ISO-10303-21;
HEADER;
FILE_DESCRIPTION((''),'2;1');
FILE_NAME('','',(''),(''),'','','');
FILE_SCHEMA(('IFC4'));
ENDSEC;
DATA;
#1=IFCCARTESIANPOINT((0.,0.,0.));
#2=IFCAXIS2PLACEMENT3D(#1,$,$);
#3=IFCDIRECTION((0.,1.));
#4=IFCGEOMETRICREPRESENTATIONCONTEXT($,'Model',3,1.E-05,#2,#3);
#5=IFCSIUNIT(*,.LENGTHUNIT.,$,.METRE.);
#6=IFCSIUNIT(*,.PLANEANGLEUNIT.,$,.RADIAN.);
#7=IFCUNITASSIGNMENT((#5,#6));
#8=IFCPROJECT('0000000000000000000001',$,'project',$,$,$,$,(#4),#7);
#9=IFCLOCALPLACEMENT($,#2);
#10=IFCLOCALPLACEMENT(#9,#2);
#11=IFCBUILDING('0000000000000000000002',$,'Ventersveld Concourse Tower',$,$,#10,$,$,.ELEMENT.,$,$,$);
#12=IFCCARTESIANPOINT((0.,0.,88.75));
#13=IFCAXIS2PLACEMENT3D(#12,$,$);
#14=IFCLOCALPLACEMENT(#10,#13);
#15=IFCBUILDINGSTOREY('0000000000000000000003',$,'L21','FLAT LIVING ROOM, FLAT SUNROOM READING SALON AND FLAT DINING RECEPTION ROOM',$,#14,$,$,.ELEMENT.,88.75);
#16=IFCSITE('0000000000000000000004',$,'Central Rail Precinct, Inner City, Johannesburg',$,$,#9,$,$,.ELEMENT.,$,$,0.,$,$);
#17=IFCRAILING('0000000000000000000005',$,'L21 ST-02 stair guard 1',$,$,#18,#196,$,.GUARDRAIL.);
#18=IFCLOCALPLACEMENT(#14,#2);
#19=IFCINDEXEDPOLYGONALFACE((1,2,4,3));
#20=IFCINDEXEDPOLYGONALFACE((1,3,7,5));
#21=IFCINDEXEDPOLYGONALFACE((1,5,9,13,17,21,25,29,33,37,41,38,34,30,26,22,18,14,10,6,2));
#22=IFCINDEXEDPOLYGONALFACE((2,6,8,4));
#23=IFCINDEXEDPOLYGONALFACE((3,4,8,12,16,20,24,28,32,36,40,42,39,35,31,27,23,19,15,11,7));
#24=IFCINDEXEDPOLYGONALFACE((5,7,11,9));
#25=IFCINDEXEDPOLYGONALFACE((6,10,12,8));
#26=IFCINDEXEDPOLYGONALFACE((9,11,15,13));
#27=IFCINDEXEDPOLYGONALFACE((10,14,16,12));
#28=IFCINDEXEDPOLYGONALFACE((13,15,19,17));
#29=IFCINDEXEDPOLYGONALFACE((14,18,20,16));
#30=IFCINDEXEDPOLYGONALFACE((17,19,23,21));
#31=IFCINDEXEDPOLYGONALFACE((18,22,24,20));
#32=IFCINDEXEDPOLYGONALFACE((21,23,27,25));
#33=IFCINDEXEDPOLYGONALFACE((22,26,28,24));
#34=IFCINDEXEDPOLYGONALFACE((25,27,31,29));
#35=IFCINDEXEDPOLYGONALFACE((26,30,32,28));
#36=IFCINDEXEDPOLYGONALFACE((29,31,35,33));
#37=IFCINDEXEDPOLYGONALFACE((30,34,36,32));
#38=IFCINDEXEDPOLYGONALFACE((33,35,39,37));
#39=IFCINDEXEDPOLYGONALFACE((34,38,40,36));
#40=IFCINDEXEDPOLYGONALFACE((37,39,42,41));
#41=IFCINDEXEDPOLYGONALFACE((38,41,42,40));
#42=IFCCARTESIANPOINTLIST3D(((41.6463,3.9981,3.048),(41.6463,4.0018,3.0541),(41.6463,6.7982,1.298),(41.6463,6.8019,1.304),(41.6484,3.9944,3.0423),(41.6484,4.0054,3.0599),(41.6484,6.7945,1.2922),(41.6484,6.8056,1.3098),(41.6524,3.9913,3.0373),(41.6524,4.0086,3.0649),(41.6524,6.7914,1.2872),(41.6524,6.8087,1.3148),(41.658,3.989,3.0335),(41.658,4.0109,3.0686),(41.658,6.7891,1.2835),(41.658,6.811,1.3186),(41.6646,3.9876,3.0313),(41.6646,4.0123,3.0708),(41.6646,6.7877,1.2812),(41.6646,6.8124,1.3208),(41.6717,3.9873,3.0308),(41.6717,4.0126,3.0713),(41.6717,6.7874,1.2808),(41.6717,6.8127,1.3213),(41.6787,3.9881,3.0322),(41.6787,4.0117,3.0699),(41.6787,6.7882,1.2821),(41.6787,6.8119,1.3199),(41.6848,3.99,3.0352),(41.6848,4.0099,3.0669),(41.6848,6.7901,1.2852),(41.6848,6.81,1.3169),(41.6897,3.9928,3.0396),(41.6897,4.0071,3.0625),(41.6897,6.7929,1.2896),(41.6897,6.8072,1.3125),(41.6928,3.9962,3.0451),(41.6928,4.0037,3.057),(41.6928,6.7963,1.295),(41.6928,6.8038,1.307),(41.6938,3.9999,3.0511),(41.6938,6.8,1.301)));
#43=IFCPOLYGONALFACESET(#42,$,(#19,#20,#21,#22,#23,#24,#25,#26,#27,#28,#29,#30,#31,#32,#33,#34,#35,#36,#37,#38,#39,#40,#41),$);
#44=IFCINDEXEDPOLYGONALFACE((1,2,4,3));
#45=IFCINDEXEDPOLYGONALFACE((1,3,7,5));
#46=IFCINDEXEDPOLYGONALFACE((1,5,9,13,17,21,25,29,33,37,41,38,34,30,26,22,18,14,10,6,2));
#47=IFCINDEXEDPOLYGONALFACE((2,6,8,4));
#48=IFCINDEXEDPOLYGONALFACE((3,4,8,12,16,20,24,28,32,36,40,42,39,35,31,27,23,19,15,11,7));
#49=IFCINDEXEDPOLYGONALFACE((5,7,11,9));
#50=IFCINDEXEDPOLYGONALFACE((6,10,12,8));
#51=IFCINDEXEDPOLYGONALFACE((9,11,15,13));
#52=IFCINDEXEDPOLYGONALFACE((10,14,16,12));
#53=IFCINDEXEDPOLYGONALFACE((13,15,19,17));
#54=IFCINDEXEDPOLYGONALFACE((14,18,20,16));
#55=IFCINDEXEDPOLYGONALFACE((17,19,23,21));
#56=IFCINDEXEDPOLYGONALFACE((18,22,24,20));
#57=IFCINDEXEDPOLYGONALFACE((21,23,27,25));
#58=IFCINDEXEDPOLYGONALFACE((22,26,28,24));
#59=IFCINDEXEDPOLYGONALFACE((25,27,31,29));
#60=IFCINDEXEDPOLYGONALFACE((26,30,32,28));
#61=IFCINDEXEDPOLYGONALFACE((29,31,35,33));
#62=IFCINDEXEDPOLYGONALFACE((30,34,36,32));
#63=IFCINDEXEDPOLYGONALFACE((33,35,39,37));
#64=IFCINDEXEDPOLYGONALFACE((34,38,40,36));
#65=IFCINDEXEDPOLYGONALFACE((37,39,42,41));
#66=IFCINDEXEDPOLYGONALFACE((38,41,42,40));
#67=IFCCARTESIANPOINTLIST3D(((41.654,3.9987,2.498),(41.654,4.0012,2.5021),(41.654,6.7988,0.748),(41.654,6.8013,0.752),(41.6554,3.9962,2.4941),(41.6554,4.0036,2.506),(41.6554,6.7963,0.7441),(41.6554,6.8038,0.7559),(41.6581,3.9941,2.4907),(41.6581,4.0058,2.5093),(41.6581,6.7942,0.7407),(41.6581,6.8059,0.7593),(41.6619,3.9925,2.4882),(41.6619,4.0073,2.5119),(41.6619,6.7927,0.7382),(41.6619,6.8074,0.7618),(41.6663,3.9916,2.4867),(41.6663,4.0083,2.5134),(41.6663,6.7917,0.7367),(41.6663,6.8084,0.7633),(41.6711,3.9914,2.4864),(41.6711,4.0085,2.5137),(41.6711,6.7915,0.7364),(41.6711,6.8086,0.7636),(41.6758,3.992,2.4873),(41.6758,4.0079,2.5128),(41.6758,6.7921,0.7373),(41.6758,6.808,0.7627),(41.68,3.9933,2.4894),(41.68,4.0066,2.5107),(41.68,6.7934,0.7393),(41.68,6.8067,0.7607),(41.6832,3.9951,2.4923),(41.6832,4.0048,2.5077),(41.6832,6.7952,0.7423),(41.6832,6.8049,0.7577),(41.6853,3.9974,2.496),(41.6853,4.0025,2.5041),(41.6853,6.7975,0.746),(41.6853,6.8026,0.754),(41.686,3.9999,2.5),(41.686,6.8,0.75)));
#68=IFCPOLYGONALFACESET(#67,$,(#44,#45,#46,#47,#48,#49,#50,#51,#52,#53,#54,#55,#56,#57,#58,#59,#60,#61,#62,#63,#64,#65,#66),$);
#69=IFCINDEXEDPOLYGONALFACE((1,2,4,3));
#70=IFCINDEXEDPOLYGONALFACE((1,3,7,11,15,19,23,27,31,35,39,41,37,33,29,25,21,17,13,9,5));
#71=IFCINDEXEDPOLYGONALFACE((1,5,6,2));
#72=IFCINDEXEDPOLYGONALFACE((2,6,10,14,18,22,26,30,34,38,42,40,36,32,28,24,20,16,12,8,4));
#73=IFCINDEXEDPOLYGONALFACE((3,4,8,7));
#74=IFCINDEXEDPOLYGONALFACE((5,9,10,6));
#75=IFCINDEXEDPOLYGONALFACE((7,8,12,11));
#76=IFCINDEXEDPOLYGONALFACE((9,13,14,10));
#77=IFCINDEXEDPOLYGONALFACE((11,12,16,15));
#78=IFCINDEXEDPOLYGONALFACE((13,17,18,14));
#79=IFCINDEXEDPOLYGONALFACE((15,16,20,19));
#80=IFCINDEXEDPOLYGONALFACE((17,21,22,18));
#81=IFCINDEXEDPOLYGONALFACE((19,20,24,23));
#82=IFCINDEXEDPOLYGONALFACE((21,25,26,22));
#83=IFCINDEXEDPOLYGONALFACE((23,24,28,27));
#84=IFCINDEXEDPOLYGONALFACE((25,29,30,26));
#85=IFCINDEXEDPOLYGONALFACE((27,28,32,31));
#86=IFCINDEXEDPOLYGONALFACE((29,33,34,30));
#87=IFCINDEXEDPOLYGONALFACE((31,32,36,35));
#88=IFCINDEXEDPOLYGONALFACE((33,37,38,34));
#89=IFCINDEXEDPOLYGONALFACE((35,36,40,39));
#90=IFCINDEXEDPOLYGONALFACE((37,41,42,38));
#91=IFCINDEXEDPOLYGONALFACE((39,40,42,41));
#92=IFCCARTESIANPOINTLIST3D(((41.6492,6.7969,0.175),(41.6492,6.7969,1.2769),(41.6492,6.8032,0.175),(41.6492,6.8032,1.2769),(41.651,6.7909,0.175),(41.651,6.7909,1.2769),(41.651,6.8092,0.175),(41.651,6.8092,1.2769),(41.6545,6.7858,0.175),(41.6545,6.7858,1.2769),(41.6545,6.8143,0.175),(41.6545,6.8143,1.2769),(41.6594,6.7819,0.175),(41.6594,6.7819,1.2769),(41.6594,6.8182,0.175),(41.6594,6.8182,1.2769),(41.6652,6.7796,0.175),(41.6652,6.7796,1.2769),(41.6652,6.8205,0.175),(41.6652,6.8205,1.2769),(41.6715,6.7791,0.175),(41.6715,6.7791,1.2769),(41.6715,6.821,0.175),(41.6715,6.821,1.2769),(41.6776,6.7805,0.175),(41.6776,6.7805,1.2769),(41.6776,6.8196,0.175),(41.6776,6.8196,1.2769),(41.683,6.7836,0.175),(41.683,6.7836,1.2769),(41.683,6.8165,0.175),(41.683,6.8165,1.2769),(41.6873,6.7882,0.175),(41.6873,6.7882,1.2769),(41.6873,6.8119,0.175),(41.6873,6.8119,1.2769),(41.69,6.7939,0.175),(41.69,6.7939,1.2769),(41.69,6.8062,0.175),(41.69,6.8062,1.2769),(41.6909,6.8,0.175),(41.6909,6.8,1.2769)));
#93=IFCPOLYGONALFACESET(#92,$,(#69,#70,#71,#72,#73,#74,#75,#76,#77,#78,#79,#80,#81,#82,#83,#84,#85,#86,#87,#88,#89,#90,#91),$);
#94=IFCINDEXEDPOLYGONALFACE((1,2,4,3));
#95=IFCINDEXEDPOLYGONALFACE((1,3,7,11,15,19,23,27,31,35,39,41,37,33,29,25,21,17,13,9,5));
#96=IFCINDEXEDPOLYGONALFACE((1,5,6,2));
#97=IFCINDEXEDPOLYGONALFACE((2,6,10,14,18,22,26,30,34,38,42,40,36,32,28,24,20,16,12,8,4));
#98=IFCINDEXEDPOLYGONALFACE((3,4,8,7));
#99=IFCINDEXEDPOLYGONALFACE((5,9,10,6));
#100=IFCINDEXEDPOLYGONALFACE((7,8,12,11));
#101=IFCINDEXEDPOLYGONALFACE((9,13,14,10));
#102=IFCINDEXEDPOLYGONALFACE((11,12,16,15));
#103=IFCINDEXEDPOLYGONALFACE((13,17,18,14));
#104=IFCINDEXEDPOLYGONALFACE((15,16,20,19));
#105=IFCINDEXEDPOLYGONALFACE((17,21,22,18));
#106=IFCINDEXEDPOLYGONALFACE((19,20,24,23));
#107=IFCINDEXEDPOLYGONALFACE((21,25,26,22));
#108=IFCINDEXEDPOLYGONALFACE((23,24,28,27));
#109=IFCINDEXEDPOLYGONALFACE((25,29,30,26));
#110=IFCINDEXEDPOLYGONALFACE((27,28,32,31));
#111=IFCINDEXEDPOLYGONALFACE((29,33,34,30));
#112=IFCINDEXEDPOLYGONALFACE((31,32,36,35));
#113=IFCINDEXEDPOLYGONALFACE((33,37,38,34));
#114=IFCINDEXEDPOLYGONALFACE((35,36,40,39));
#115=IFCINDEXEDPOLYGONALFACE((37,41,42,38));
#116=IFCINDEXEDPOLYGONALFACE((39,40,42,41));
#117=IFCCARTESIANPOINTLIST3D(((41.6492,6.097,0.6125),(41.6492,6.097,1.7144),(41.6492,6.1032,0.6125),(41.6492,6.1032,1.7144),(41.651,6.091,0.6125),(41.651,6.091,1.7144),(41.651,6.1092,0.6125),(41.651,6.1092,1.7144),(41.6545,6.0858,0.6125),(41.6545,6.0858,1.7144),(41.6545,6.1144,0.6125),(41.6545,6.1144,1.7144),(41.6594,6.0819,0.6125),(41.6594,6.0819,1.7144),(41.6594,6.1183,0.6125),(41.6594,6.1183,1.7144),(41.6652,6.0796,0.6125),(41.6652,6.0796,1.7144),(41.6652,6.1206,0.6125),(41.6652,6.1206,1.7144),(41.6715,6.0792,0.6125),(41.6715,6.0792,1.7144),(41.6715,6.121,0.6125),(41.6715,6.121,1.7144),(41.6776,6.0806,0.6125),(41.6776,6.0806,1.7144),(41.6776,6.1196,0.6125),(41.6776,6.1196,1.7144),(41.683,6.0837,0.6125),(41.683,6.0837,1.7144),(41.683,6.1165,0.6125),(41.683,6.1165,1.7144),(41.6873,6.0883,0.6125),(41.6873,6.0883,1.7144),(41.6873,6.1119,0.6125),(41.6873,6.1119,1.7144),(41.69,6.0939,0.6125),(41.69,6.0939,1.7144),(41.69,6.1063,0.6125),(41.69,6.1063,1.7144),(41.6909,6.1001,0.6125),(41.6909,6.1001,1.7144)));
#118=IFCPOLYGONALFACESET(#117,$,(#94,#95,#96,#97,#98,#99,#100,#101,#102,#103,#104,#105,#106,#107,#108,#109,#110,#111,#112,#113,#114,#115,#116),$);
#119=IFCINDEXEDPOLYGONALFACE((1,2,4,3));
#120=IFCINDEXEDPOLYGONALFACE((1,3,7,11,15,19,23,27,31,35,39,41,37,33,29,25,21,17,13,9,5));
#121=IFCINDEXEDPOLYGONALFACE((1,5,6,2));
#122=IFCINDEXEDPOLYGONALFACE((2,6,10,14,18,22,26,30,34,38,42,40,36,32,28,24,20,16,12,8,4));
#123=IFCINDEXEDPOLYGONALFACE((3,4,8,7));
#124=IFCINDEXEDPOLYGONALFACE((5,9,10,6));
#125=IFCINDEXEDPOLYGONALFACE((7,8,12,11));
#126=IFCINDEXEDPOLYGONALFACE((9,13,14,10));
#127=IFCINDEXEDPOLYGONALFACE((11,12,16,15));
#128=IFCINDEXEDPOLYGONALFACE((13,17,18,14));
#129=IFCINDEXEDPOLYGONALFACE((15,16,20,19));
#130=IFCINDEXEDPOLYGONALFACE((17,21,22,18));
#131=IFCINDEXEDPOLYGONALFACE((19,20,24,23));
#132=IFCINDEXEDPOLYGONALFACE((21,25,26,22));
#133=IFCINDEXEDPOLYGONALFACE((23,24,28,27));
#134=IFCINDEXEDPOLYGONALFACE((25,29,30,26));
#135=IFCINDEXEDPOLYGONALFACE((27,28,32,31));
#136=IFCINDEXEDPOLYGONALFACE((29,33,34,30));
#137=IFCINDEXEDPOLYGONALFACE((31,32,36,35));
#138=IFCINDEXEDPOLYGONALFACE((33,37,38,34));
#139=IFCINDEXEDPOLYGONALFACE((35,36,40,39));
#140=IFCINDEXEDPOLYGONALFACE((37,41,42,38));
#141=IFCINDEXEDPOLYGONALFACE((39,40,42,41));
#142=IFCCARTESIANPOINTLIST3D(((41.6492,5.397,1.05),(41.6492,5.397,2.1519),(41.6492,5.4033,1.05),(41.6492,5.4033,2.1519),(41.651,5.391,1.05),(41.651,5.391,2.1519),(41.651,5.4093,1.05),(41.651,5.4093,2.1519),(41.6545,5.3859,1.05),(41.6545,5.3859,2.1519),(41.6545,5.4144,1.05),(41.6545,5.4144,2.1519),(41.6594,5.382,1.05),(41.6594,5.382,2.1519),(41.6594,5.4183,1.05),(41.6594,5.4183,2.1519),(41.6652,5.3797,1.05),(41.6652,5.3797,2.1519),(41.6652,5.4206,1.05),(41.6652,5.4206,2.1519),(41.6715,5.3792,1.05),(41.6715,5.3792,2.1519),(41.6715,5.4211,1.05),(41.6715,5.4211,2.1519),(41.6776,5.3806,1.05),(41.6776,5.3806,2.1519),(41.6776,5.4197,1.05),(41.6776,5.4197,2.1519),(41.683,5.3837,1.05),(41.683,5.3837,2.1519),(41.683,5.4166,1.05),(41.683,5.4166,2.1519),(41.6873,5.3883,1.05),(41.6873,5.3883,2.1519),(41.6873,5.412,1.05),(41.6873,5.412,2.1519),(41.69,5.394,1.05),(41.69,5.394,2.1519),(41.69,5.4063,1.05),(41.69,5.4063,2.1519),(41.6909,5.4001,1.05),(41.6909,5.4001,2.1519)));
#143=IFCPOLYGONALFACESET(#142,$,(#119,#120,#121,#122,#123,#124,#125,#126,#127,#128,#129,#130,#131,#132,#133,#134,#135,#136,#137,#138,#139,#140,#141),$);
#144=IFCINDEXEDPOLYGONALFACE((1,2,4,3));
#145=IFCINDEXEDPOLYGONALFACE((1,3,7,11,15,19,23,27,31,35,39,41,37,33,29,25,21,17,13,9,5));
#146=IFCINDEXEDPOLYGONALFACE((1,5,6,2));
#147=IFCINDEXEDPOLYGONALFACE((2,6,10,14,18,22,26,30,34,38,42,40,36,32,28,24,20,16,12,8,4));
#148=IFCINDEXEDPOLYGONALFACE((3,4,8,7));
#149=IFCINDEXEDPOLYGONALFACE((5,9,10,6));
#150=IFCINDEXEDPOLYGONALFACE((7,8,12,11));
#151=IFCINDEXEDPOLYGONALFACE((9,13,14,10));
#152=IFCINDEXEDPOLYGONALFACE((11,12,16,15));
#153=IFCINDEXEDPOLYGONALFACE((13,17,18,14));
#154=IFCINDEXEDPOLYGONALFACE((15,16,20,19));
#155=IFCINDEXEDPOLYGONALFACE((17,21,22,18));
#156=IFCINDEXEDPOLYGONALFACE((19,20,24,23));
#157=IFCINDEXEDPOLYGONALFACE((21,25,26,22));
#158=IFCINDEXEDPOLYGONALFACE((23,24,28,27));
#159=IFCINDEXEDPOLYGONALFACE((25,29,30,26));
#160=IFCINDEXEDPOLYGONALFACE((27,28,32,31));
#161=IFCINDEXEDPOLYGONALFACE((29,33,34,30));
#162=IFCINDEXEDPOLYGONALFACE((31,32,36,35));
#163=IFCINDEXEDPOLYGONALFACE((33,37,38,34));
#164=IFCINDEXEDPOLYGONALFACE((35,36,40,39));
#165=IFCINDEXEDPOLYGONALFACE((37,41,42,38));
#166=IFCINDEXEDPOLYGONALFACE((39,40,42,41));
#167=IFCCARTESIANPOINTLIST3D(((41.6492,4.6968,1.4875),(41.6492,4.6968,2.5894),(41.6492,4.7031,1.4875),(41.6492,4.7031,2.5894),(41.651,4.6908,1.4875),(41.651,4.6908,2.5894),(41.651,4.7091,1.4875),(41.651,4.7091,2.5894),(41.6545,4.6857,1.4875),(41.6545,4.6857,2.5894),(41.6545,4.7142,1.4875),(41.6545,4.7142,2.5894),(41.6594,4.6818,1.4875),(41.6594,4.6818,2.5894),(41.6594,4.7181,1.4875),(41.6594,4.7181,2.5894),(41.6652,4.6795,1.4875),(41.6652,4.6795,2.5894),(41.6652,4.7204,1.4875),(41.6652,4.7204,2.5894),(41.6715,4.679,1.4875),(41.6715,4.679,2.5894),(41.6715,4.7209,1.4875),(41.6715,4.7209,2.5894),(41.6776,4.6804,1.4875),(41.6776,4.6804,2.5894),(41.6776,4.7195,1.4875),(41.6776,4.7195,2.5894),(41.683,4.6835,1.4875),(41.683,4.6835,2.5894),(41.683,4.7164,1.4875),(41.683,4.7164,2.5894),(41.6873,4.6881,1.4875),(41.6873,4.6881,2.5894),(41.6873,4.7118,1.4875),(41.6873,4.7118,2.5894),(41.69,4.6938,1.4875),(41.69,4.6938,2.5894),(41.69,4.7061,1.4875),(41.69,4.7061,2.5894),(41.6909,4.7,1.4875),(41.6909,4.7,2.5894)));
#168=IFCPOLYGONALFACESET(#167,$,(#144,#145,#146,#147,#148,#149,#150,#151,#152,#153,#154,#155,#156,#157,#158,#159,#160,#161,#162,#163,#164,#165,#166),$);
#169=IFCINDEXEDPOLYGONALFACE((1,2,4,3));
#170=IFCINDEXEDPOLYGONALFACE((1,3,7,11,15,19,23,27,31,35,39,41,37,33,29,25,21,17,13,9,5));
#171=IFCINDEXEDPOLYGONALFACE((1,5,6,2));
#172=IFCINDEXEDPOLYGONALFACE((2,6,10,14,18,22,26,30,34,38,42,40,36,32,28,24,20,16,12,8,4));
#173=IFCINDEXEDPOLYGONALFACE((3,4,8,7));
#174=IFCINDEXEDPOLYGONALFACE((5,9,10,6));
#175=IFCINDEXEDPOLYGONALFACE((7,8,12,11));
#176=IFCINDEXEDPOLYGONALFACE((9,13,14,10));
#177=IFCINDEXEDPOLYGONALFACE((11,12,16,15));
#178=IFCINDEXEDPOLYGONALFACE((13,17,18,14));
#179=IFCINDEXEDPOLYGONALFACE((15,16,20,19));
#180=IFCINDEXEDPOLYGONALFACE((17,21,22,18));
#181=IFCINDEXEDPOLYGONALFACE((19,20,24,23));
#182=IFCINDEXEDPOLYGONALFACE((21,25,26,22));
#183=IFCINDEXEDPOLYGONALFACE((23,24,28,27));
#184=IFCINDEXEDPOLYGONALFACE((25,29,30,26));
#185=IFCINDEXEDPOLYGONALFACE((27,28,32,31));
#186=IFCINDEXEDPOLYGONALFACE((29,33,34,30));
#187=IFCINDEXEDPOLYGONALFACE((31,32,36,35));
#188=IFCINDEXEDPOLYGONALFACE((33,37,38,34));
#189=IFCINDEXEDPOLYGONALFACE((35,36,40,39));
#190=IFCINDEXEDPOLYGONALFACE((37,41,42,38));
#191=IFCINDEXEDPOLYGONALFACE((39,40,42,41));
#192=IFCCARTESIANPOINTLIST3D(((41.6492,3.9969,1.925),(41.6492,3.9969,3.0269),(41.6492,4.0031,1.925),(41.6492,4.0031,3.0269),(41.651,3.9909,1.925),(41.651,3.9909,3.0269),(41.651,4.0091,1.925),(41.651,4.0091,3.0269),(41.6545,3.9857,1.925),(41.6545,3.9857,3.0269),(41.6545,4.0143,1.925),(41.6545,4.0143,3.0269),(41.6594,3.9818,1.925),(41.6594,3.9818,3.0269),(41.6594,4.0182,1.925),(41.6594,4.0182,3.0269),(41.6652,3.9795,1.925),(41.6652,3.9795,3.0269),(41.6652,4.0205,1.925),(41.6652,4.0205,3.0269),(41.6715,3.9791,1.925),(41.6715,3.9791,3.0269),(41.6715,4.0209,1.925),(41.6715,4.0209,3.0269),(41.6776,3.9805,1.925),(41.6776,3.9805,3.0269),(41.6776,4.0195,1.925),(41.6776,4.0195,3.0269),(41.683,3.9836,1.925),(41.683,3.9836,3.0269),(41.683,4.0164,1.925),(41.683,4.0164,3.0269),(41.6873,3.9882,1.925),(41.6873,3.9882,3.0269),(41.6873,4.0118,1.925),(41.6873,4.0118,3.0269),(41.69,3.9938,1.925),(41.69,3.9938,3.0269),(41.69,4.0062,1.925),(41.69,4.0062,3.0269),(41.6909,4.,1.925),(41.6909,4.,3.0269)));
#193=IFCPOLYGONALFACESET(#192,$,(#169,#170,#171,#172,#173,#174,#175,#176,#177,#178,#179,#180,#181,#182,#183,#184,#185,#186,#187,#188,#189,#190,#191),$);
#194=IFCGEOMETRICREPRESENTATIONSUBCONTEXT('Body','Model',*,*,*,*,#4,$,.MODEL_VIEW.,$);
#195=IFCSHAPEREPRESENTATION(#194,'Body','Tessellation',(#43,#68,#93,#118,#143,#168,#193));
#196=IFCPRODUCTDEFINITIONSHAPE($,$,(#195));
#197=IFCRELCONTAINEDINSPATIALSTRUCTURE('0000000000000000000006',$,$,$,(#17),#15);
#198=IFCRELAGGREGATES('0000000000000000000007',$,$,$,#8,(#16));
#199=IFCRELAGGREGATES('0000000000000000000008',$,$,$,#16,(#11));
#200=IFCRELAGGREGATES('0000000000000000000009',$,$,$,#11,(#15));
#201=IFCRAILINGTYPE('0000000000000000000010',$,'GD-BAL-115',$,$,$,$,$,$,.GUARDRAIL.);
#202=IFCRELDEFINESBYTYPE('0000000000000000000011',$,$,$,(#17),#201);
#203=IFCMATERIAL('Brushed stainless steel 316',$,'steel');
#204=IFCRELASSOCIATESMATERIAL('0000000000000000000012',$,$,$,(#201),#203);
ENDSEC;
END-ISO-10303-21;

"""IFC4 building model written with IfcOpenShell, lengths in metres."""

from ifc_helpers import new_model, si_unit, direction, frame, origin, origin_2d, place, context, subcontext, project, spatial, circle, extrude, material, type_object, element, save


model = new_model("IFC4")

# Units and contexts
model_context = context("Model", 3, precision=1e-05, world=origin(), true_north=direction((0.0, 1.0)))
body_context = subcontext(model_context, "Body", "Model", "MODEL_VIEW")
ifc_project = project(units=[si_unit("LENGTHUNIT", "METRE"), si_unit("PLANEANGLEUNIT", "RADIAN")], contexts=[model_context])

# Site, building, storey
site_placement = place(None, origin())
site = spatial("IfcSite", under=ifc_project, at=site_placement, Name="Central Rail Precinct, Inner City, Johannesburg", CompositionType="ELEMENT", RefElevation=0.0)
building_placement = place(site_placement, origin())
building = spatial("IfcBuilding", under=site, at=building_placement, Name="Ventersveld Concourse Tower", CompositionType="ELEMENT")
storey_placement = place(building_placement, frame((0.0, 0.0, 88.75)))
storey = spatial("IfcBuildingStorey", under=building, at=storey_placement, Name="L21", Description="FLAT LIVING ROOM, FLAT SUNROOM READING SALON AND FLAT DINING RECEPTION ROOM", CompositionType="ELEMENT", Elevation=88.75)

# Railing
ifc_material_1 = material(Name="Brushed stainless steel 316", Category="steel")
railing_type_1 = type_object("IfcRailingType", Name="GD-BAL-115", PredefinedType="GUARDRAIL", material=ifc_material_1)
railing_1_placement = place(storey_placement, frame((41.6699, 6.8, 0.175)))
element("IfcRailing", 1, at=railing_1_placement, inside=storey, type_object=railing_type_1, Name="L21 ST-02 stair guard 1", PredefinedType="GUARDRAIL", context=body_context, shape_type="SweptSolid", body=[
    extrude(circle(Radius=0.0239, at=origin_2d()), frame((0.0, 0.0, 1.126), z_axis=(0.0, -0.848002, 0.529992), x_axis=(1.0, 0.0, 0.0)), (0.0, 0.0, 1.0), 3.302),
    extrude(circle(Radius=0.0161, at=origin_2d()), frame((0.0, 0.0, 0.575), z_axis=(0.0, -0.848002, 0.529992), x_axis=(1.0, 0.0, 0.0)), (0.0, 0.0, 1.0), 3.302),
    extrude(circle(Radius=0.021, at=origin_2d()), origin(), (0.0, 0.0, 1.0), 1.1018),
    extrude(circle(Radius=0.021, at=origin_2d()), frame((0.0, -0.7, 0.4375)), (0.0, 0.0, 1.0), 1.1018),
    extrude(circle(Radius=0.021, at=origin_2d()), frame((0.0, -1.3999, 0.875)), (0.0, 0.0, 1.0), 1.1018),
    extrude(circle(Radius=0.021, at=origin_2d()), frame((0.0, -2.1001, 1.3125)), (0.0, 0.0, 1.0), 1.1018),
    extrude(circle(Radius=0.021, at=origin_2d()), frame((0.0, -2.8, 1.75)), (0.0, 0.0, 1.0), 1.1018),
])

save(model, "model.ifc")
